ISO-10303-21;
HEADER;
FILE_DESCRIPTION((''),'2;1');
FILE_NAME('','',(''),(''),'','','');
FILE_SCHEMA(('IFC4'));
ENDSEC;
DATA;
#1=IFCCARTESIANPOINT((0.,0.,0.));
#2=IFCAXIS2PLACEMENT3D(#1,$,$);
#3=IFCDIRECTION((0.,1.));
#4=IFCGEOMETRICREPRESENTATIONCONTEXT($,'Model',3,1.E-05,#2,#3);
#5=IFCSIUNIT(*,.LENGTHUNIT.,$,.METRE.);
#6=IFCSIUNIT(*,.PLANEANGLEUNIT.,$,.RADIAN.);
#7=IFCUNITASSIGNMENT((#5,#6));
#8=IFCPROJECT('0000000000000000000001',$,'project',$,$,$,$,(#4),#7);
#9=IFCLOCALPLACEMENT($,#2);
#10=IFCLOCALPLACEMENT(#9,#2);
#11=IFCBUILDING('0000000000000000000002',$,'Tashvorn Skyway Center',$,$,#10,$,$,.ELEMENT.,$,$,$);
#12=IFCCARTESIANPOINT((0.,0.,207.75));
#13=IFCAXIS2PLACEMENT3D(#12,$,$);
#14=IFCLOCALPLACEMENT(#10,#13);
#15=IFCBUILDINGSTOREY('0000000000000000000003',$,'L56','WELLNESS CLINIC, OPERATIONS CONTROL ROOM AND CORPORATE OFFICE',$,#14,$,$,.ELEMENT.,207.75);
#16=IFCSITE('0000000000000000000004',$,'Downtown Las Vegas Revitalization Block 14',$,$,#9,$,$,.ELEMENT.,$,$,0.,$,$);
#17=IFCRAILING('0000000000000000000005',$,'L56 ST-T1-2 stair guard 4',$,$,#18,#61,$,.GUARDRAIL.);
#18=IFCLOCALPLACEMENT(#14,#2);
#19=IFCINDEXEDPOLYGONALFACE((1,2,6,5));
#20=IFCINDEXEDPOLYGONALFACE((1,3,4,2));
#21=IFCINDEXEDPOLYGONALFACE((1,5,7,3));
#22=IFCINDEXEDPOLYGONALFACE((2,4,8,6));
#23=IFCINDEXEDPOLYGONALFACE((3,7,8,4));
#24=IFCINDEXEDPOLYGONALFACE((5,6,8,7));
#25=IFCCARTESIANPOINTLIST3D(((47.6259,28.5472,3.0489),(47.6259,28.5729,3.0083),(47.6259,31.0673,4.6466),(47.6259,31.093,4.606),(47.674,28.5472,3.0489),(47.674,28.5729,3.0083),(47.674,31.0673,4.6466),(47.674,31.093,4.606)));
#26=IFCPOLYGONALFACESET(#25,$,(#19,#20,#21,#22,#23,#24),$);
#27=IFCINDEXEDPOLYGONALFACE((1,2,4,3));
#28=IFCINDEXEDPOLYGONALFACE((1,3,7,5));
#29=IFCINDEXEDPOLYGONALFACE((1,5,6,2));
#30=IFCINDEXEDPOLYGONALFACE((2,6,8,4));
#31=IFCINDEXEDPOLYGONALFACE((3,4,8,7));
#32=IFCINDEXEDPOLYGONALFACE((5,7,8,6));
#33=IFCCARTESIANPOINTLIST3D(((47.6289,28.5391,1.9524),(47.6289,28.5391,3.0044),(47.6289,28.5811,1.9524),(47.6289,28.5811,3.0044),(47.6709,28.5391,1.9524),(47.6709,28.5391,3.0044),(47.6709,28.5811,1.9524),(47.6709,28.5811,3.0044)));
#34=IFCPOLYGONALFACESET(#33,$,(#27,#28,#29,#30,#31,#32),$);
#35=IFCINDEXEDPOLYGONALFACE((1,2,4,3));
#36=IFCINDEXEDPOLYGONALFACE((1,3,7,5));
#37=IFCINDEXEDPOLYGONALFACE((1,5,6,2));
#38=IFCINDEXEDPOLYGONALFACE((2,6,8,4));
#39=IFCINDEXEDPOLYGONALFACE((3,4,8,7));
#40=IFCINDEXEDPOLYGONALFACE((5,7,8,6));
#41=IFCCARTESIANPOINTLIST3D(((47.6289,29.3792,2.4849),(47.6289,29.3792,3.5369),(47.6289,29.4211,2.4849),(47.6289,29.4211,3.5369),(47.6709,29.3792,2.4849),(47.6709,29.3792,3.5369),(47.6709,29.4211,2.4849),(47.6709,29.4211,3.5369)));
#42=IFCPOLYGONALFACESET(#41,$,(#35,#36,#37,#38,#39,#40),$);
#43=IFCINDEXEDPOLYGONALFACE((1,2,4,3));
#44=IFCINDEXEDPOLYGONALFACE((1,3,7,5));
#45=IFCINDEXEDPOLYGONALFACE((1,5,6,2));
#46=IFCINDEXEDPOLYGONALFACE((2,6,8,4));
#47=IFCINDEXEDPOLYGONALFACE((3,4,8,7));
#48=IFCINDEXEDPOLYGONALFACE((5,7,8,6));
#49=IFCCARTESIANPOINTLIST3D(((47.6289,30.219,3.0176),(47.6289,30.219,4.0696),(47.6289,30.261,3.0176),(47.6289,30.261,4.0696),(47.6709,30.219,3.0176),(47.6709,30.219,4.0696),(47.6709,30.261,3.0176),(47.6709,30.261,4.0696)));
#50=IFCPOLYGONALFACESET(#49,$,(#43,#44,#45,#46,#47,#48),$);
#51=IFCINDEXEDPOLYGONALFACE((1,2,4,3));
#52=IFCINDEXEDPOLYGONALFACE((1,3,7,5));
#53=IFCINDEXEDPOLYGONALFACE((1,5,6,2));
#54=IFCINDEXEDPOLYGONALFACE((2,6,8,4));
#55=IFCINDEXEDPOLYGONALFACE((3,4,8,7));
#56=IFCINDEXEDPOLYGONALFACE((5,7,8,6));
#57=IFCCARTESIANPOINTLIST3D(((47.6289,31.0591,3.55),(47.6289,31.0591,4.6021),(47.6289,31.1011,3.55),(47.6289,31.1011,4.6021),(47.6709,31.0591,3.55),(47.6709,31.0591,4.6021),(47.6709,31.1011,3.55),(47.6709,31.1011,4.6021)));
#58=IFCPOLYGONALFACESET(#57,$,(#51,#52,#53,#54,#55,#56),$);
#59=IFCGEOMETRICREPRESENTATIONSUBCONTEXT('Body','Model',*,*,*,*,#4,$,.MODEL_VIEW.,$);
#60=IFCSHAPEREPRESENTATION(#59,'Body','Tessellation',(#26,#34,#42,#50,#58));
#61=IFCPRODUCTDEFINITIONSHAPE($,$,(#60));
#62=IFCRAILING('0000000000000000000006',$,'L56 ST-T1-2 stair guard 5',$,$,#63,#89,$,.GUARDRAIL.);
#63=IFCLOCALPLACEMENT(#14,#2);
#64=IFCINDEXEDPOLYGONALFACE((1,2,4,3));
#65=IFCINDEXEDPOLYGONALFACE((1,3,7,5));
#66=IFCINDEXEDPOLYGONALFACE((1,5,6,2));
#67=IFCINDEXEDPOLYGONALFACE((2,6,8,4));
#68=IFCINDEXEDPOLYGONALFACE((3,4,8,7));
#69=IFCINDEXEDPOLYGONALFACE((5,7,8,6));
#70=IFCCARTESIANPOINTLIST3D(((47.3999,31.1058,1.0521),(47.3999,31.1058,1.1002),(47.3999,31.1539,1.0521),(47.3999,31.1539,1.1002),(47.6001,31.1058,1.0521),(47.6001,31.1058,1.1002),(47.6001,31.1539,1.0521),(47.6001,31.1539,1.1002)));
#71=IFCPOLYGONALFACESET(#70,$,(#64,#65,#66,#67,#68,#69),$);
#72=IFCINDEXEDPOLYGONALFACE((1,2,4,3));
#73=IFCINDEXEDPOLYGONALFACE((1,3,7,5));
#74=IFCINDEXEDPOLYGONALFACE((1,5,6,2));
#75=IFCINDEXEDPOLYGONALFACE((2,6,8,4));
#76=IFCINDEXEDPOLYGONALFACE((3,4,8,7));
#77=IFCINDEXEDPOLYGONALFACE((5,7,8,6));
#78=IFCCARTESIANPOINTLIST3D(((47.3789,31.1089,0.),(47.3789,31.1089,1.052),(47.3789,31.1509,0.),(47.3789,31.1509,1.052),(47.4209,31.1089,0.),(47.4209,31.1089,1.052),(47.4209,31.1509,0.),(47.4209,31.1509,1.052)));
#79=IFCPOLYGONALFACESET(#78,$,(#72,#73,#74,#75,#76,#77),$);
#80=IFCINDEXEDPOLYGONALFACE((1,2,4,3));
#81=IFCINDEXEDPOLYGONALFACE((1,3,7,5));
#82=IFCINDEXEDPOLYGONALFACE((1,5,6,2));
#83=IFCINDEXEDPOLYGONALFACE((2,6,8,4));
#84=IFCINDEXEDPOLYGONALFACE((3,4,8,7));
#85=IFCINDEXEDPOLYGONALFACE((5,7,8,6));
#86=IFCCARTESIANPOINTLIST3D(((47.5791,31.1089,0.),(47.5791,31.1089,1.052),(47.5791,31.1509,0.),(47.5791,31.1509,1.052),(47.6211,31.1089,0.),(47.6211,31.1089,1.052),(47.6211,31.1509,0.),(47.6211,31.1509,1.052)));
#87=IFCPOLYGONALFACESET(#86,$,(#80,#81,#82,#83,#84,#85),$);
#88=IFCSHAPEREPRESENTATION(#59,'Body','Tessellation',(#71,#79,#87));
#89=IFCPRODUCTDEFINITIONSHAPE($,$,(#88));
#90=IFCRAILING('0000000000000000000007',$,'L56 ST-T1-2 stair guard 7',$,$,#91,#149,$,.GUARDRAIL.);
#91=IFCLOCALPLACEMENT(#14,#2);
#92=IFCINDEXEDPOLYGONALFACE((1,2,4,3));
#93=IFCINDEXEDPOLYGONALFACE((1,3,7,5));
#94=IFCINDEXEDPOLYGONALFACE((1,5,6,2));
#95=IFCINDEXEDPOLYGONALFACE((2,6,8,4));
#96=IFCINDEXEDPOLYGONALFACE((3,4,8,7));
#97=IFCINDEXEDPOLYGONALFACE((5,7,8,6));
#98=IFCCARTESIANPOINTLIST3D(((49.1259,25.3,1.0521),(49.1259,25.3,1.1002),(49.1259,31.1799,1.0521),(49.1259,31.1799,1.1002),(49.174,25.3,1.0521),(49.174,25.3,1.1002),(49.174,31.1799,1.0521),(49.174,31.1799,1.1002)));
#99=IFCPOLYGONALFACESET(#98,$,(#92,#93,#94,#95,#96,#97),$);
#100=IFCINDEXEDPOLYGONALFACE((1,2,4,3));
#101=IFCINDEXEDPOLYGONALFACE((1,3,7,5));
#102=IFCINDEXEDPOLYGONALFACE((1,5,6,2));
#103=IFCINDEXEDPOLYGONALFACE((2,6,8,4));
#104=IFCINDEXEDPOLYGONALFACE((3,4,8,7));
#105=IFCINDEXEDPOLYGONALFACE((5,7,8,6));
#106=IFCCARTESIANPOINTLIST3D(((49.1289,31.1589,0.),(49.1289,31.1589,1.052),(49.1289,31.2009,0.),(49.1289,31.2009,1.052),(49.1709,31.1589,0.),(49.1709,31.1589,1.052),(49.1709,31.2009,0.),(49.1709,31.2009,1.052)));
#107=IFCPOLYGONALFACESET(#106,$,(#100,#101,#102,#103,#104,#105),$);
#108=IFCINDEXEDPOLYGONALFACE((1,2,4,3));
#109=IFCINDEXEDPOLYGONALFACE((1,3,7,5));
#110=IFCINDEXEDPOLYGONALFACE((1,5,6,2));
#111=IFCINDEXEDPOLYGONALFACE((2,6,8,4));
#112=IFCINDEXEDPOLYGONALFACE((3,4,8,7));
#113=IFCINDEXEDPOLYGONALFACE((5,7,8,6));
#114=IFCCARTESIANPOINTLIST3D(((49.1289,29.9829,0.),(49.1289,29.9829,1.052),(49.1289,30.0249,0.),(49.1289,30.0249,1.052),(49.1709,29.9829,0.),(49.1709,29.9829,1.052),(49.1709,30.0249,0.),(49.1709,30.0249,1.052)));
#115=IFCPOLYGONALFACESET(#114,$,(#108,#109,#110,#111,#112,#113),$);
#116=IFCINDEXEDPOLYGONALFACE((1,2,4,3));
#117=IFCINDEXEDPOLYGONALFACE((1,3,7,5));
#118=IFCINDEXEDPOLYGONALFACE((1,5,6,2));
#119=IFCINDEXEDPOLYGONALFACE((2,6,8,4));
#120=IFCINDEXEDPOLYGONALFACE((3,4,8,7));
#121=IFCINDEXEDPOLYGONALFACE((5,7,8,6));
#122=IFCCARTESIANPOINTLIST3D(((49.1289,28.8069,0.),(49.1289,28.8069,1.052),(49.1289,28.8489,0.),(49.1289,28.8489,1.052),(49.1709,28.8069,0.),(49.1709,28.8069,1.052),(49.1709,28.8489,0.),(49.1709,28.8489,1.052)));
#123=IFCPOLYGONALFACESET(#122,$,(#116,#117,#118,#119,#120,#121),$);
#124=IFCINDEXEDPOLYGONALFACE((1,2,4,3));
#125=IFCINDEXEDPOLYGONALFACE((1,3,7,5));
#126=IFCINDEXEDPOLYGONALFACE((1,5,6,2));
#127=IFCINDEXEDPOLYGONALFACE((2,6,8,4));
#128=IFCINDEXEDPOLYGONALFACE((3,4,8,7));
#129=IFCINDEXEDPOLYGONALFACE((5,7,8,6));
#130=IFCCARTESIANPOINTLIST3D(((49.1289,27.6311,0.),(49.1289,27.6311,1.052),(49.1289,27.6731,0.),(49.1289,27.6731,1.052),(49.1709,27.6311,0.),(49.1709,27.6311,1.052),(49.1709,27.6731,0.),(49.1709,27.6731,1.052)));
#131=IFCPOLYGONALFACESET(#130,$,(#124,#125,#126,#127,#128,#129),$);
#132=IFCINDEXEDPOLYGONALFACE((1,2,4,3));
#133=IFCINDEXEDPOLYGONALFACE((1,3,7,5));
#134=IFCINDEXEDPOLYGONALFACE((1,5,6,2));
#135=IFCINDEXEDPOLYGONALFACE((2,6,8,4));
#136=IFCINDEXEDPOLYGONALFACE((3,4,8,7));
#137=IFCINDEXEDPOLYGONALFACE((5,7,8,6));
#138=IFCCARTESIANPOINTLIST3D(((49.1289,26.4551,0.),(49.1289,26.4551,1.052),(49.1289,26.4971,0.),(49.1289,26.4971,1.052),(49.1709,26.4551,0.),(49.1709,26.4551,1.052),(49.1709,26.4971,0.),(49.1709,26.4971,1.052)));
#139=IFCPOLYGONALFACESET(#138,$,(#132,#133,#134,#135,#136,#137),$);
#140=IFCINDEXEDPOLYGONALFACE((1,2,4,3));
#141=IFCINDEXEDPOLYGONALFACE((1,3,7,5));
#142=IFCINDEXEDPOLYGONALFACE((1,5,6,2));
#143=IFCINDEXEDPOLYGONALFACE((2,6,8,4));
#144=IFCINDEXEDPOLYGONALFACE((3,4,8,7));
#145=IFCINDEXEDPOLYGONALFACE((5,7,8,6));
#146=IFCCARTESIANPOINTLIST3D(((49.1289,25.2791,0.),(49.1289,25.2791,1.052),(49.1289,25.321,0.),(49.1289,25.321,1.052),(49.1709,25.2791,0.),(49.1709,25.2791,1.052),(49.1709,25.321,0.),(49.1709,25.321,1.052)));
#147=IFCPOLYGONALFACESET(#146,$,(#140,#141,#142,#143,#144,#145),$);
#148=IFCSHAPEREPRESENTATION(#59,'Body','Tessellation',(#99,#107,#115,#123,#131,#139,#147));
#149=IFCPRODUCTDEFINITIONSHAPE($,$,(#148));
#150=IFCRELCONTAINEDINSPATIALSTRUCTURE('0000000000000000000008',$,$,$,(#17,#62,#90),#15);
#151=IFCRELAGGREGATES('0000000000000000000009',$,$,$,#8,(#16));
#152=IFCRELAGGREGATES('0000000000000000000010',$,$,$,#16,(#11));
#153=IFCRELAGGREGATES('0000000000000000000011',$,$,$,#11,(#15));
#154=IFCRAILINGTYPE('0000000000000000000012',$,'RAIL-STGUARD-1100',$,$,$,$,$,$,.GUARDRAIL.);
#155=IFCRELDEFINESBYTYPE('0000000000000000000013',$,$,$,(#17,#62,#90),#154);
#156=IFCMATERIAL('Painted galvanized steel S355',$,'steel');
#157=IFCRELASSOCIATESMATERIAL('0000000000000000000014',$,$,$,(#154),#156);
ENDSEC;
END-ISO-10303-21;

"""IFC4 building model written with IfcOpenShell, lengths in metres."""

from ifc_helpers import new_model, si_unit, direction, frame, origin, origin_2d, place, context, subcontext, project, spatial, rectangle, extrude, material, type_object, element, save


model = new_model("IFC4")

# Units and contexts
model_context = context("Model", 3, precision=1e-05, world=origin(), true_north=direction((0.0, 1.0)))
body_context = subcontext(model_context, "Body", "Model", "MODEL_VIEW")
ifc_project = project(units=[si_unit("LENGTHUNIT", "METRE"), si_unit("PLANEANGLEUNIT", "RADIAN")], contexts=[model_context])

# Site, building, storey
site_placement = place(None, origin())
site = spatial("IfcSite", under=ifc_project, at=site_placement, Name="Downtown Las Vegas Revitalization Block 14", CompositionType="ELEMENT", RefElevation=0.0)
building_placement = place(site_placement, origin())
building = spatial("IfcBuilding", under=site, at=building_placement, Name="Tashvorn Skyway Center", CompositionType="ELEMENT")
storey_placement = place(building_placement, frame((0.0, 0.0, 207.75)))
storey = spatial("IfcBuildingStorey", under=building, at=storey_placement, Name="L56", Description="WELLNESS CLINIC, OPERATIONS CONTROL ROOM AND CORPORATE OFFICE", CompositionType="ELEMENT", Elevation=207.75)

# Railings
ifc_material_1 = material(Name="Painted galvanized steel S355", Category="steel")
railing_type_1 = type_object("IfcRailingType", Name="RAIL-STGUARD-1100", PredefinedType="GUARDRAIL", material=ifc_material_1)
railing_1_placement = place(storey_placement, frame((47.6499, 28.5601, 1.9524)))
element("IfcRailing", 1, at=railing_1_placement, inside=storey, type_object=railing_type_1, Name="L56 ST-T1-2 stair guard 4", PredefinedType="GUARDRAIL", context=body_context, shape_type="SweptSolid", body=[
    extrude(rectangle(XDim=0.0481, YDim=0.0481, at=origin_2d()), frame((0.0, 0.0, 1.0762), z_axis=(0.0, 0.84457, 0.535445), x_axis=(-1.0, 0.0, 0.0)), (0.0, 0.0, 1.0), 2.9839),
    extrude(rectangle(XDim=0.042, YDim=0.042, at=origin_2d()), origin(), (0.0, 0.0, 1.0), 1.052),
    extrude(rectangle(XDim=0.042, YDim=0.042, at=origin_2d()), frame((0.0, 0.8401, 0.5325)), (0.0, 0.0, 1.0), 1.052),
    extrude(rectangle(XDim=0.042, YDim=0.042, at=origin_2d()), frame((0.0, 1.6799, 1.0652)), (0.0, 0.0, 1.0), 1.052),
    extrude(rectangle(XDim=0.042, YDim=0.042, at=origin_2d()), frame((0.0, 2.52, 1.5977)), (0.0, 0.0, 1.0), 1.052),
])
railing_2_placement = place(storey_placement, frame((47.3999, 31.1299, 0.0)))
element("IfcRailing", 2, at=railing_2_placement, inside=storey, type_object=railing_type_1, Name="L56 ST-T1-2 stair guard 5", PredefinedType="GUARDRAIL", context=body_context, shape_type="SweptSolid", body=[
    extrude(rectangle(XDim=0.0481, YDim=0.0481, at=origin_2d()), frame((0.0, 0.0, 1.0762), z_axis=(1.0, 0.0, 0.0), x_axis=(0.0, 1.0, 0.0)), (0.0, 0.0, 1.0), 0.2002),
    extrude(rectangle(XDim=0.042, YDim=0.042, at=origin_2d()), origin(), (0.0, 0.0, 1.0), 1.052),
    extrude(rectangle(XDim=0.042, YDim=0.042, at=origin_2d()), frame((0.2002, 0.0, 0.0)), (0.0, 0.0, 1.0), 1.052),
])
railing_3_placement = place(storey_placement, frame((49.1499, 31.1799, 0.0)))
element("IfcRailing", 3, at=railing_3_placement, inside=storey, type_object=railing_type_1, Name="L56 ST-T1-2 stair guard 7", PredefinedType="GUARDRAIL", context=body_context, shape_type="SweptSolid", body=[
    extrude(rectangle(XDim=0.0481, YDim=0.0481, at=origin_2d()), frame((0.0, 0.0, 1.0762), z_axis=(0.0, -1.0, 0.0), x_axis=(1.0, 0.0, 0.0)), (0.0, 0.0, 1.0), 5.8799),
    extrude(rectangle(XDim=0.042, YDim=0.042, at=origin_2d()), origin(), (0.0, 0.0, 1.0), 1.052),
    extrude(rectangle(XDim=0.042, YDim=0.042, at=origin_2d()), frame((0.0, -1.176, 0.0)), (0.0, 0.0, 1.0), 1.052),
    extrude(rectangle(XDim=0.042, YDim=0.042, at=origin_2d()), frame((0.0, -2.3521, 0.0)), (0.0, 0.0, 1.0), 1.052),
    extrude(rectangle(XDim=0.042, YDim=0.042, at=origin_2d()), frame((0.0, -3.5278, 0.0)), (0.0, 0.0, 1.0), 1.052),
    extrude(rectangle(XDim=0.042, YDim=0.042, at=origin_2d()), frame((0.0, -4.7039, 0.0)), (0.0, 0.0, 1.0), 1.052),
    extrude(rectangle(XDim=0.042, YDim=0.042, at=origin_2d()), frame((0.0, -5.8799, 0.0)), (0.0, 0.0, 1.0), 1.052),
])

save(model, "model.ifc")
